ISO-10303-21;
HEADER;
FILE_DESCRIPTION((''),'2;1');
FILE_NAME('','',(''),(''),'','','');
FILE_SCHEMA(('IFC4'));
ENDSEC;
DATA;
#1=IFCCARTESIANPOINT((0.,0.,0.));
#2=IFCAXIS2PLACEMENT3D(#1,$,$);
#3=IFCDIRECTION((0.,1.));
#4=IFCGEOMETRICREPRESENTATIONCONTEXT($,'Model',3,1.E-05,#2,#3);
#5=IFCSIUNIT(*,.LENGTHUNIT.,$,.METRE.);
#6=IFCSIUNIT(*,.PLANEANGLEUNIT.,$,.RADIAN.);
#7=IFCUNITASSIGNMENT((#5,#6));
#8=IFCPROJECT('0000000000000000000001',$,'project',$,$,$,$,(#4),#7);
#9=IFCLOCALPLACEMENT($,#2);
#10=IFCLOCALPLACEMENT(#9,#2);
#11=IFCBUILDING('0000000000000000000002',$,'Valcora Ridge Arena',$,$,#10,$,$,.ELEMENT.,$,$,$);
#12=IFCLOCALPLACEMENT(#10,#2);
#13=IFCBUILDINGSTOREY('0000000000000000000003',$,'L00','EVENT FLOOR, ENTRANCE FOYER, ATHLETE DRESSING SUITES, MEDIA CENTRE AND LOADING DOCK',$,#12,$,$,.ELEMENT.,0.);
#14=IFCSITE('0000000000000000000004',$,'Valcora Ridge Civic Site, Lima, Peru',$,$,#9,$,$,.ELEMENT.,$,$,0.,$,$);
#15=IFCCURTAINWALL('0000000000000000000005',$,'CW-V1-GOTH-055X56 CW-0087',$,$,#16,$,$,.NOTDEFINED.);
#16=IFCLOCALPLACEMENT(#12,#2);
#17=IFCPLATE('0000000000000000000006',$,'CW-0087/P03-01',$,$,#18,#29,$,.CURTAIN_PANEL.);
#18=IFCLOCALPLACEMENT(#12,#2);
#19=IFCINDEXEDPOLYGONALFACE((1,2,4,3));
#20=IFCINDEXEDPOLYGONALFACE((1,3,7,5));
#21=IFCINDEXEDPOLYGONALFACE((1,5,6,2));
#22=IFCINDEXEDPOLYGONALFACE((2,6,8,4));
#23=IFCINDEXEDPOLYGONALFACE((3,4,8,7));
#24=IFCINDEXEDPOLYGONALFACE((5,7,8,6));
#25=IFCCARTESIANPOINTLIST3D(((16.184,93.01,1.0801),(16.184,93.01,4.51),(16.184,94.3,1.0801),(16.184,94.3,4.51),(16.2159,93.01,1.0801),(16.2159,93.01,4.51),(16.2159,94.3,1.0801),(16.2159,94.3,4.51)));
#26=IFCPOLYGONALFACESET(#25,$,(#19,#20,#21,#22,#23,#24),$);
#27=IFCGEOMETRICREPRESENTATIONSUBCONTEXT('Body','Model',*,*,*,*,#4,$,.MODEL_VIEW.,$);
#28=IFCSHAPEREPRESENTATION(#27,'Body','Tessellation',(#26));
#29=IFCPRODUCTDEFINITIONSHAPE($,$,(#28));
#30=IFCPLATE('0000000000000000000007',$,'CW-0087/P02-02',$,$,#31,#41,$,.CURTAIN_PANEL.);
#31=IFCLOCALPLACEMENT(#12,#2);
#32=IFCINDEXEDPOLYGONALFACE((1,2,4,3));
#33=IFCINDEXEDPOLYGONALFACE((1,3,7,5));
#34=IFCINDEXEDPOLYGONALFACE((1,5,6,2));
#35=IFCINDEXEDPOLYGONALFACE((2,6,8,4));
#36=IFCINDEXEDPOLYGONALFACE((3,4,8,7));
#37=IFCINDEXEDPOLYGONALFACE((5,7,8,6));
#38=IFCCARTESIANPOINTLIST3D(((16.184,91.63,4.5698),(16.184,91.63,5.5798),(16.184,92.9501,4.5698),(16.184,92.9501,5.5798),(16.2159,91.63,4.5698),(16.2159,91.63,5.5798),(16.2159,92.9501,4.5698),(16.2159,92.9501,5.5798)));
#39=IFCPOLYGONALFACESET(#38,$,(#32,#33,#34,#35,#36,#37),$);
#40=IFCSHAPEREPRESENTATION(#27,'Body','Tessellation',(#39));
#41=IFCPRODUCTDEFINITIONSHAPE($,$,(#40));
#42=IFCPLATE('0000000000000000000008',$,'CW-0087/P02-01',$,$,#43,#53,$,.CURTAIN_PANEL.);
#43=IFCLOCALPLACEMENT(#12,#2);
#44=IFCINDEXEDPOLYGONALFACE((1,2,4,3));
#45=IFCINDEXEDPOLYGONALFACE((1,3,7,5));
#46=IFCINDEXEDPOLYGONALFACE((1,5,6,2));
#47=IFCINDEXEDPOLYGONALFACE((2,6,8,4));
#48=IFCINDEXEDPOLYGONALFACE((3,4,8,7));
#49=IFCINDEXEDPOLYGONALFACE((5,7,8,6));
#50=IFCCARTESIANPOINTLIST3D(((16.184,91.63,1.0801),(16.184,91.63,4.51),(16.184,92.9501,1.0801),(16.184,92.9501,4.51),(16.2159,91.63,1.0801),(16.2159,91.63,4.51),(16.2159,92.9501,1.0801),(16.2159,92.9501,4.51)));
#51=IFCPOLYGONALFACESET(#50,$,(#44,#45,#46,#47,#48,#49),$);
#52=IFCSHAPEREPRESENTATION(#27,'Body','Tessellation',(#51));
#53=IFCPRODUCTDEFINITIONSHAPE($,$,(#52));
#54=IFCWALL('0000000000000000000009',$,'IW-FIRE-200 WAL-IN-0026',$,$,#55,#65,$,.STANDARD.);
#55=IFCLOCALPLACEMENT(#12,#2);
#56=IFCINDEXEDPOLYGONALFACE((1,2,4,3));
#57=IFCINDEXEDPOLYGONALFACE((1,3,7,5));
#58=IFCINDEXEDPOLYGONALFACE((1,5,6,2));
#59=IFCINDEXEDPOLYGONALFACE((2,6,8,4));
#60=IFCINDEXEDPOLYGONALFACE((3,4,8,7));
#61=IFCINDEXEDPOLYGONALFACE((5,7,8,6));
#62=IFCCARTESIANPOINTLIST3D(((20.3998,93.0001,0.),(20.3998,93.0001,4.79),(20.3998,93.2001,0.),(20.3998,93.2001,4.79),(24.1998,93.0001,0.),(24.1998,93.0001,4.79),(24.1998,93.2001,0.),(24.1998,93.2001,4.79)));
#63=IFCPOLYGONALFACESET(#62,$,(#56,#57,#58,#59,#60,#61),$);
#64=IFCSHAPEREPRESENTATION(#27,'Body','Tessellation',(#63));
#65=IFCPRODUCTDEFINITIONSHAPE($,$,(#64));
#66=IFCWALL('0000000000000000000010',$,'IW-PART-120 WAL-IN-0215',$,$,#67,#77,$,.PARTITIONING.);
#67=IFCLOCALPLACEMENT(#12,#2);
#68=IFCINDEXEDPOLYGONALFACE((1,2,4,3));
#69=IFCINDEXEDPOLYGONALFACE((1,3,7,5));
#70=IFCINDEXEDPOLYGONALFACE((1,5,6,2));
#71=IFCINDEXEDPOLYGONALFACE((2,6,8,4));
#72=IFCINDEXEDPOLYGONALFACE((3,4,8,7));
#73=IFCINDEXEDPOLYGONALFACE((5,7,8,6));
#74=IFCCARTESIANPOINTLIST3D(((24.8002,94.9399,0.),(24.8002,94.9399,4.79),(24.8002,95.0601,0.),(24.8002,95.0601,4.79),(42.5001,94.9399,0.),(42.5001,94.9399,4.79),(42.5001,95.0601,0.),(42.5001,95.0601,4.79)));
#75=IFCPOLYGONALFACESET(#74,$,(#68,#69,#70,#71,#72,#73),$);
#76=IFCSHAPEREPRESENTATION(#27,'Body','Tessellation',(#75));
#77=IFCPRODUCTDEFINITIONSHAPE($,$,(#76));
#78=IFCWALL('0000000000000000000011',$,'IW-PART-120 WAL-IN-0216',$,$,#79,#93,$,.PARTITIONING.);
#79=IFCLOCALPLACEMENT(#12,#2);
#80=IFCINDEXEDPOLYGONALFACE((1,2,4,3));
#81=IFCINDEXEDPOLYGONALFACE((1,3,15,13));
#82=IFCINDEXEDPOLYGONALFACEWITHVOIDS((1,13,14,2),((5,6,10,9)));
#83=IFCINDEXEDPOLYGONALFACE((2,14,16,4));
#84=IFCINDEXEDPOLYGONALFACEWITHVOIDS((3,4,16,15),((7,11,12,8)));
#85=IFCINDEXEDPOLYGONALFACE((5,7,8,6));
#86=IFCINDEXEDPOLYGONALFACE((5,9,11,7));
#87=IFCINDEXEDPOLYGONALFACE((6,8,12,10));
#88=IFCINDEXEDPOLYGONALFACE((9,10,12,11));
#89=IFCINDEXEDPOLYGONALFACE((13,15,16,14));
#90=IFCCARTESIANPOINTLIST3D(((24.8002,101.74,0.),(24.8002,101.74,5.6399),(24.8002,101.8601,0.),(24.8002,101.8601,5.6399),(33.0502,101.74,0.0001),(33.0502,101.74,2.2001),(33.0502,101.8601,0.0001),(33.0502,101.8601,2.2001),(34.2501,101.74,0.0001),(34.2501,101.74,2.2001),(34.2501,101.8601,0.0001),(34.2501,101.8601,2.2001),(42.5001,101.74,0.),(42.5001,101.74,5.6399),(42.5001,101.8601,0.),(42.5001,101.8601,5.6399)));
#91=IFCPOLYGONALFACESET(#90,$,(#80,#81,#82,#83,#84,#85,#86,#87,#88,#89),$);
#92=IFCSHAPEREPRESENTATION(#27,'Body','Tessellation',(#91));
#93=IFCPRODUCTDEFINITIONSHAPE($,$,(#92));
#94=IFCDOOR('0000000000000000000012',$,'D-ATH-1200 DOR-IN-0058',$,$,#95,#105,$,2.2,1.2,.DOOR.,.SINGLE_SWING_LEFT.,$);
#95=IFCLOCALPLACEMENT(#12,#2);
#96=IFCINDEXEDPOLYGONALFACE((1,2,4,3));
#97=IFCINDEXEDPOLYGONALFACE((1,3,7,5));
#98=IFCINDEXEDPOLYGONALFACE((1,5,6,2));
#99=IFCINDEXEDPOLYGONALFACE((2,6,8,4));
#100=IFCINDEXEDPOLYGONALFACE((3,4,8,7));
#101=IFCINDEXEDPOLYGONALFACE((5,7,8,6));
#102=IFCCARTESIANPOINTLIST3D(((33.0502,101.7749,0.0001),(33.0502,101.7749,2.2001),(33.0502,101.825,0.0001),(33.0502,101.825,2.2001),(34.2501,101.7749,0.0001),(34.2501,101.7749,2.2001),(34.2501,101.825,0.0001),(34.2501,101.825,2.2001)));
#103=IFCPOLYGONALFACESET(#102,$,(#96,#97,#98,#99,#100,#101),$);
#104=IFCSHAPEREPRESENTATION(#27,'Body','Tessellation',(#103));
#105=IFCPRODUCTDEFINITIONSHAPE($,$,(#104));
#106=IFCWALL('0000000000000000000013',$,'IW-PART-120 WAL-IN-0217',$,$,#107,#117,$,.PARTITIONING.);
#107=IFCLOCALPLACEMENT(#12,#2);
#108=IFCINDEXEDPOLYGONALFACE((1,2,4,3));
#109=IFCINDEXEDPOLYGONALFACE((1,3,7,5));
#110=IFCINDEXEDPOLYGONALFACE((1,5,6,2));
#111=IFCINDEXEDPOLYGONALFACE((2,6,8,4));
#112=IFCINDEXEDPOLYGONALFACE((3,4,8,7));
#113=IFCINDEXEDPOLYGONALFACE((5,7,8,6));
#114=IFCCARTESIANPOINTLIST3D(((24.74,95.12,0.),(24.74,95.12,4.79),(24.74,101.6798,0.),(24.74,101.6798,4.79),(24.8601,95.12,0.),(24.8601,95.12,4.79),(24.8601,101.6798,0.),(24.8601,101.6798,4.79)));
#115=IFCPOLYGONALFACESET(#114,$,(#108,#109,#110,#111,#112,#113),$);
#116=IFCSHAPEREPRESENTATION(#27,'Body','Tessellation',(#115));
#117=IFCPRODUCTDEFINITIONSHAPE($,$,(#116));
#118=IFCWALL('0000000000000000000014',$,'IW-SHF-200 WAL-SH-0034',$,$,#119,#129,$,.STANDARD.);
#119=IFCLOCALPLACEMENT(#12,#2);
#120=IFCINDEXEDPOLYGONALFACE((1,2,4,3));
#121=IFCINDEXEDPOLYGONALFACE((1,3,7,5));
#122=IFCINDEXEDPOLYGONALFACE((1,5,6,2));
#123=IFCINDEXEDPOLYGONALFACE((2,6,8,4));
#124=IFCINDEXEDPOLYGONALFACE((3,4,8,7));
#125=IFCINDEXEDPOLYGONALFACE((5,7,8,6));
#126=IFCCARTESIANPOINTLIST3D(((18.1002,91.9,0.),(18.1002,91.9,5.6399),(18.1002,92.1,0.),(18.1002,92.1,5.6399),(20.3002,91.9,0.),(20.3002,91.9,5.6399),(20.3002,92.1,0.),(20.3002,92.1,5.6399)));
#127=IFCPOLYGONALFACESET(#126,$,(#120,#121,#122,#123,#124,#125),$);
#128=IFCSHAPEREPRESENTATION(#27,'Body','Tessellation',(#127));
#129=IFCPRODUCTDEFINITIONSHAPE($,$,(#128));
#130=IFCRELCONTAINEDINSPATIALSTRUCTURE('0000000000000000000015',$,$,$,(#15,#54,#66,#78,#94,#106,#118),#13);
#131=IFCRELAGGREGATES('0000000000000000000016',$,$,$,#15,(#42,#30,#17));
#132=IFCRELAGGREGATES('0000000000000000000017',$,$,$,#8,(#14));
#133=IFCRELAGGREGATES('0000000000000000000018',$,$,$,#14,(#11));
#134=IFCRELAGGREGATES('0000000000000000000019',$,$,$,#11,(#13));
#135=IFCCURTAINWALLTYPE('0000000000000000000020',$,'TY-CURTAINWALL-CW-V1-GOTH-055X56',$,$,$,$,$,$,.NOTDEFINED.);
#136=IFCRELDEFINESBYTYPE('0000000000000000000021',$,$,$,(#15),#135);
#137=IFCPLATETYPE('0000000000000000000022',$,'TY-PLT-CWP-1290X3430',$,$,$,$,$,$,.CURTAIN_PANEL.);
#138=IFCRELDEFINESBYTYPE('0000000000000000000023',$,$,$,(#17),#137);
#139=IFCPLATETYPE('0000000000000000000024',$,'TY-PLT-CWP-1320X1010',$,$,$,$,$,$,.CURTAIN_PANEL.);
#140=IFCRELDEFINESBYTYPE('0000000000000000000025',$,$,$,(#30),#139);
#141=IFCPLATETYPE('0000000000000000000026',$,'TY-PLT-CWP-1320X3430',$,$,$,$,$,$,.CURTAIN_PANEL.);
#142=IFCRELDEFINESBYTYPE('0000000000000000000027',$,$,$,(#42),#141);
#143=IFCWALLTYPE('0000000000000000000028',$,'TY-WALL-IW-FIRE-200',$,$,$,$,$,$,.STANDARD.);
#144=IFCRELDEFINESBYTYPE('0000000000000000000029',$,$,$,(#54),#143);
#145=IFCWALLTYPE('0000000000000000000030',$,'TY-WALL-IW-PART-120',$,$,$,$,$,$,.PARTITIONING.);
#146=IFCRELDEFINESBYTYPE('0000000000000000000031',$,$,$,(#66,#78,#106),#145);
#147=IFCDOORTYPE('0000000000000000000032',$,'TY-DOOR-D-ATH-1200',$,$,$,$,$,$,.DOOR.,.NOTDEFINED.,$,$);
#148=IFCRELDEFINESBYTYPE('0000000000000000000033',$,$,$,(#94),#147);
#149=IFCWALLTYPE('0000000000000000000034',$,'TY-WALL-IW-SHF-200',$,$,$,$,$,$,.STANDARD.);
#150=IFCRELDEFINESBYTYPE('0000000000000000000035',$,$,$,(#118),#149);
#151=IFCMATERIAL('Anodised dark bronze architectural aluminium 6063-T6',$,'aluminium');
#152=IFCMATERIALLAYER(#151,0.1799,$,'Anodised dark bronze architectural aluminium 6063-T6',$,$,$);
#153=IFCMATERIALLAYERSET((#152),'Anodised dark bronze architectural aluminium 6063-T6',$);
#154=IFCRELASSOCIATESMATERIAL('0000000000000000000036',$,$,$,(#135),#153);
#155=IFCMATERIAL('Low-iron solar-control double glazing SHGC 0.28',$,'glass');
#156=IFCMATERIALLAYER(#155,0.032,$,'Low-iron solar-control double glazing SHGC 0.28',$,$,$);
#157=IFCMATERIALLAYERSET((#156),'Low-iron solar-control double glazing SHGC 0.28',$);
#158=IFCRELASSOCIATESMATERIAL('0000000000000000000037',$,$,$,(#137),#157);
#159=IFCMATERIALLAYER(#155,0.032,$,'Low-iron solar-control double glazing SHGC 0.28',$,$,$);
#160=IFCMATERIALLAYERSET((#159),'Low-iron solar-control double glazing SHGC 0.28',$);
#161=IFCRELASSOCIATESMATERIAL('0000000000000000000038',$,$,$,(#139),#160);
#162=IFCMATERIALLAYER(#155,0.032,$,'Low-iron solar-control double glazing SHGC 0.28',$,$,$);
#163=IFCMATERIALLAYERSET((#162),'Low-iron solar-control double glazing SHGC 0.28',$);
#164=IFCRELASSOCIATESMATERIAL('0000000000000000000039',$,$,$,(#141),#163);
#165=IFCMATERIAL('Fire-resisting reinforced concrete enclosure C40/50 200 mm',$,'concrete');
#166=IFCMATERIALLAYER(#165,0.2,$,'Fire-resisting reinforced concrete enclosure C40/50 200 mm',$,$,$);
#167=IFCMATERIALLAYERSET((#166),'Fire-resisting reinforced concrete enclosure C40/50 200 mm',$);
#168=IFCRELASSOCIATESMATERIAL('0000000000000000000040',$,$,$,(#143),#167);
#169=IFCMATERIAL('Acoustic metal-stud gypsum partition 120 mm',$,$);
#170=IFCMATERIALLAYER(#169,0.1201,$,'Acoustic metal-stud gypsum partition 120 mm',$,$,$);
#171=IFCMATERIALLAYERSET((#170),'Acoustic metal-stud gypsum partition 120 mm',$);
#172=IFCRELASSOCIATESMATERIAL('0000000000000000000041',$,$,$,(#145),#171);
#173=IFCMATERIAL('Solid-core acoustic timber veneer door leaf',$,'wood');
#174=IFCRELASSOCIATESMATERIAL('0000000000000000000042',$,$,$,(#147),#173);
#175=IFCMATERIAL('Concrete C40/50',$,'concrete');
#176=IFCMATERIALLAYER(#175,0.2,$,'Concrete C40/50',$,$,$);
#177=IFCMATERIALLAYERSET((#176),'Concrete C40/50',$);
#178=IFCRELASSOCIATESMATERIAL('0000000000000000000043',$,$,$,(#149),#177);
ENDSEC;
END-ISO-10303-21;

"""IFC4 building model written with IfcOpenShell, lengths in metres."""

from ifc_helpers import new_model, si_unit, direction, frame, frame_2d, origin, origin_2d, place, context, subcontext, project, spatial, rectangle, extrude, material, layer, layer_set, type_object, element, fill, aggregate, save


model = new_model("IFC4")

# Units and contexts
model_context = context("Model", 3, precision=1e-05, world=origin(), true_north=direction((0.0, 1.0)))
body_context = subcontext(model_context, "Body", "Model", "MODEL_VIEW")
ifc_project = project(units=[si_unit("LENGTHUNIT", "METRE"), si_unit("PLANEANGLEUNIT", "RADIAN")], contexts=[model_context])

# Site, building, storey
site_placement = place(None, origin())
site = spatial("IfcSite", under=ifc_project, at=site_placement, Name="Valcora Ridge Civic Site, Lima, Peru", CompositionType="ELEMENT", RefElevation=0.0)
building_placement = place(site_placement, origin())
building = spatial("IfcBuilding", under=site, at=building_placement, Name="Valcora Ridge Arena", CompositionType="ELEMENT")
storey_placement = place(building_placement, origin())
storey = spatial("IfcBuildingStorey", under=building, at=storey_placement, Name="L00", Description="EVENT FLOOR, ENTRANCE FOYER, ATHLETE DRESSING SUITES, MEDIA CENTRE AND LOADING DOCK", CompositionType="ELEMENT", Elevation=0.0)

# Shared definitions
ifc_material_1 = material(Name="Concrete C40/50", Category="concrete")

# Curtain wall, plates
ifc_material_2 = material(Name="Anodised dark bronze architectural aluminium 6063-T6", Category="aluminium")
ifc_layer_1 = layer(ifc_material_2, 0.1799, Name="Anodised dark bronze architectural aluminium 6063-T6")
ifc_layer_set_1 = layer_set([ifc_layer_1], Name="Anodised dark bronze architectural aluminium 6063-T6")
curtain_wall_type = type_object("IfcCurtainWallType", Name="TY-CURTAINWALL-CW-V1-GOTH-055X56", PredefinedType="NOTDEFINED", material=ifc_layer_set_1)
curtain_wall_placement = place(storey_placement, origin())
curtain_wall = element("IfcCurtainWall", 1, at=curtain_wall_placement, inside=storey, type_object=curtain_wall_type, Name="CW-V1-GOTH-055X56 CW-0087", PredefinedType="NOTDEFINED")
ifc_material_3 = material(Name="Low-iron solar-control double glazing SHGC 0.28", Category="glass")
ifc_layer_2 = layer(ifc_material_3, 0.032, Name="Low-iron solar-control double glazing SHGC 0.28")
ifc_layer_set_2 = layer_set([ifc_layer_2], Name="Low-iron solar-control double glazing SHGC 0.28")
plate_type_1 = type_object("IfcPlateType", Name="TY-PLT-CWP-1290X3430", PredefinedType="CURTAIN_PANEL", material=ifc_layer_set_2)
plate_1_placement = place(storey_placement, frame((16.2, 93.655, 1.0801), z_axis=(0.0, 0.0, 1.0), x_axis=(0.0, 1.0, 0.0)))
plate_1 = element("IfcPlate", 2, at=plate_1_placement, type_object=plate_type_1, Name="CW-0087/P03-01", PredefinedType="CURTAIN_PANEL", context=body_context, shape_type="SweptSolid", body=[
    extrude(rectangle(XDim=1.29, YDim=0.032, at=origin_2d()), origin(), (0.0, 0.0, 1.0), 3.4299),
])
ifc_layer_3 = layer(ifc_material_3, 0.032, Name="Low-iron solar-control double glazing SHGC 0.28")
ifc_layer_set_3 = layer_set([ifc_layer_3], Name="Low-iron solar-control double glazing SHGC 0.28")
plate_type_2 = type_object("IfcPlateType", Name="TY-PLT-CWP-1320X1010", PredefinedType="CURTAIN_PANEL", material=ifc_layer_set_3)
plate_2_placement = place(storey_placement, frame((16.2, 92.29, 4.5698), z_axis=(0.0, 0.0, 1.0), x_axis=(0.0, 1.0, 0.0)))
plate_2 = element("IfcPlate", 3, at=plate_2_placement, type_object=plate_type_2, Name="CW-0087/P02-02", PredefinedType="CURTAIN_PANEL", context=body_context, shape_type="SweptSolid", body=[
    extrude(rectangle(XDim=1.3201, YDim=0.032, at=origin_2d()), origin(), (0.0, 0.0, 1.0), 1.01),
])
ifc_layer_4 = layer(ifc_material_3, 0.032, Name="Low-iron solar-control double glazing SHGC 0.28")
ifc_layer_set_4 = layer_set([ifc_layer_4], Name="Low-iron solar-control double glazing SHGC 0.28")
plate_type_3 = type_object("IfcPlateType", Name="TY-PLT-CWP-1320X3430", PredefinedType="CURTAIN_PANEL", material=ifc_layer_set_4)
plate_3_placement = place(storey_placement, frame((16.2, 92.29, 1.0801), z_axis=(0.0, 0.0, 1.0), x_axis=(0.0, 1.0, 0.0)))
plate_3 = element("IfcPlate", 4, at=plate_3_placement, type_object=plate_type_3, Name="CW-0087/P02-01", PredefinedType="CURTAIN_PANEL", context=body_context, shape_type="SweptSolid", body=[
    extrude(rectangle(XDim=1.3201, YDim=0.032, at=origin_2d()), origin(), (0.0, 0.0, 1.0), 3.4299),
])
aggregate(curtain_wall, [plate_3, plate_2, plate_1])

# Walls
ifc_material_4 = material(Name="Fire-resisting reinforced concrete enclosure C40/50 200 mm", Category="concrete")
ifc_layer_5 = layer(ifc_material_4, 0.2, Name="Fire-resisting reinforced concrete enclosure C40/50 200 mm")
ifc_layer_set_5 = layer_set([ifc_layer_5], Name="Fire-resisting reinforced concrete enclosure C40/50 200 mm")
wall_type_1 = type_object("IfcWallType", Name="TY-WALL-IW-FIRE-200", PredefinedType="STANDARD", material=ifc_layer_set_5)
wall_1_placement = place(storey_placement, frame((20.3999, 93.1001, 0.0), z_axis=(0.0, 0.0, 1.0), x_axis=(1.0, 0.0, 0.0)))
element("IfcWall", 5, at=wall_1_placement, inside=storey, type_object=wall_type_1, Name="IW-FIRE-200 WAL-IN-0026", PredefinedType="STANDARD", context=body_context, shape_type="SweptSolid", body=[
    extrude(rectangle(XDim=3.8, YDim=0.2, at=frame_2d((1.8999, 0.0))), origin(), (0.0, 0.0, 1.0), 4.79),
])
ifc_material_5 = material(Name="Acoustic metal-stud gypsum partition 120 mm")
ifc_layer_6 = layer(ifc_material_5, 0.1201, Name="Acoustic metal-stud gypsum partition 120 mm")
ifc_layer_set_6 = layer_set([ifc_layer_6], Name="Acoustic metal-stud gypsum partition 120 mm")
wall_type_2 = type_object("IfcWallType", Name="TY-WALL-IW-PART-120", PredefinedType="PARTITIONING", material=ifc_layer_set_6)
wall_2_placement = place(storey_placement, frame((24.8, 95.0, 0.0), z_axis=(0.0, 0.0, 1.0), x_axis=(1.0, 0.0, 0.0)))
element("IfcWall", 6, at=wall_2_placement, inside=storey, type_object=wall_type_2, Name="IW-PART-120 WAL-IN-0215", PredefinedType="PARTITIONING", context=body_context, shape_type="SweptSolid", body=[
    extrude(rectangle(XDim=17.7, YDim=0.1201, at=frame_2d((8.8501, 0.0))), origin(), (0.0, 0.0, 1.0), 4.79),
])

# Wall, opening, door
wall_3_placement = place(storey_placement, frame((24.8, 101.8, 0.0), z_axis=(0.0, 0.0, 1.0), x_axis=(1.0, 0.0, 0.0)))
wall_3 = element("IfcWall", 7, at=wall_3_placement, inside=storey, type_object=wall_type_2, Name="IW-PART-120 WAL-IN-0216", PredefinedType="PARTITIONING", context=body_context, shape_type="SweptSolid", body=[
    extrude(rectangle(XDim=17.7, YDim=0.1201, at=frame_2d((8.8501, 0.0))), origin(), (0.0, 0.0, 1.0), 5.6399),
])
opening_placement = place(wall_3_placement, frame((8.25, 0.0, 0.0)))
opening = element("IfcOpeningElement", 8, at=opening_placement, cuts=wall_3, PredefinedType="OPENING", context=body_context, shape_type="SweptSolid", body=[
    extrude(rectangle(XDim=1.2, YDim=2.2, at=frame_2d((0.6001, 1.1001))), frame((0.0, 0.0701, 0.0), z_axis=(0.0, -1.0, 0.0), x_axis=(1.0, 0.0, 0.0)), (0.0, 0.0, 1.0), 0.1401),
])
ifc_material_6 = material(Name="Solid-core acoustic timber veneer door leaf", Category="wood")
door_type = type_object("IfcDoorType", Name="TY-DOOR-D-ATH-1200", OperationType="NOTDEFINED", PredefinedType="DOOR", material=ifc_material_6)
door_placement = place(opening_placement, origin())
door = element("IfcDoor", 9, at=door_placement, inside=storey, type_object=door_type, Name="D-ATH-1200 DOR-IN-0058", OperationType="SINGLE_SWING_LEFT", OverallHeight=2.2, OverallWidth=1.2, PredefinedType="DOOR", context=body_context, shape_type="SweptSolid", body=[
    extrude(rectangle(XDim=1.2, YDim=2.2, at=frame_2d((0.6001, 1.1001))), frame((0.0, 0.0249, 0.0), z_axis=(0.0, -1.0, 0.0), x_axis=(1.0, 0.0, 0.0)), (0.0, 0.0, 1.0), 0.05),
])
fill(opening, door)

# Walls
wall_4_placement = place(storey_placement, frame((24.8, 95.1201, 0.0), z_axis=(0.0, 0.0, 1.0), x_axis=(0.0, 1.0, 0.0)))
element("IfcWall", 10, at=wall_4_placement, inside=storey, type_object=wall_type_2, Name="IW-PART-120 WAL-IN-0217", PredefinedType="PARTITIONING", context=body_context, shape_type="SweptSolid", body=[
    extrude(rectangle(XDim=6.5598, YDim=0.1201, at=frame_2d((3.2798, 0.0))), origin(), (0.0, 0.0, 1.0), 4.79),
])
ifc_layer_7 = layer(ifc_material_1, 0.2, Name="Concrete C40/50")
ifc_layer_set_7 = layer_set([ifc_layer_7], Name="Concrete C40/50")
wall_type_3 = type_object("IfcWallType", Name="TY-WALL-IW-SHF-200", PredefinedType="STANDARD", material=ifc_layer_set_7)
wall_5_placement = place(storey_placement, frame((18.1001, 92.0, 0.0), z_axis=(0.0, 0.0, 1.0), x_axis=(1.0, 0.0, 0.0)))
element("IfcWall", 11, at=wall_5_placement, inside=storey, type_object=wall_type_3, Name="IW-SHF-200 WAL-SH-0034", PredefinedType="STANDARD", context=body_context, shape_type="SweptSolid", body=[
    extrude(rectangle(XDim=2.2, YDim=0.2, at=frame_2d((1.1001, 0.0))), origin(), (0.0, 0.0, 1.0), 5.6399),
])

save(model, "model.ifc")
